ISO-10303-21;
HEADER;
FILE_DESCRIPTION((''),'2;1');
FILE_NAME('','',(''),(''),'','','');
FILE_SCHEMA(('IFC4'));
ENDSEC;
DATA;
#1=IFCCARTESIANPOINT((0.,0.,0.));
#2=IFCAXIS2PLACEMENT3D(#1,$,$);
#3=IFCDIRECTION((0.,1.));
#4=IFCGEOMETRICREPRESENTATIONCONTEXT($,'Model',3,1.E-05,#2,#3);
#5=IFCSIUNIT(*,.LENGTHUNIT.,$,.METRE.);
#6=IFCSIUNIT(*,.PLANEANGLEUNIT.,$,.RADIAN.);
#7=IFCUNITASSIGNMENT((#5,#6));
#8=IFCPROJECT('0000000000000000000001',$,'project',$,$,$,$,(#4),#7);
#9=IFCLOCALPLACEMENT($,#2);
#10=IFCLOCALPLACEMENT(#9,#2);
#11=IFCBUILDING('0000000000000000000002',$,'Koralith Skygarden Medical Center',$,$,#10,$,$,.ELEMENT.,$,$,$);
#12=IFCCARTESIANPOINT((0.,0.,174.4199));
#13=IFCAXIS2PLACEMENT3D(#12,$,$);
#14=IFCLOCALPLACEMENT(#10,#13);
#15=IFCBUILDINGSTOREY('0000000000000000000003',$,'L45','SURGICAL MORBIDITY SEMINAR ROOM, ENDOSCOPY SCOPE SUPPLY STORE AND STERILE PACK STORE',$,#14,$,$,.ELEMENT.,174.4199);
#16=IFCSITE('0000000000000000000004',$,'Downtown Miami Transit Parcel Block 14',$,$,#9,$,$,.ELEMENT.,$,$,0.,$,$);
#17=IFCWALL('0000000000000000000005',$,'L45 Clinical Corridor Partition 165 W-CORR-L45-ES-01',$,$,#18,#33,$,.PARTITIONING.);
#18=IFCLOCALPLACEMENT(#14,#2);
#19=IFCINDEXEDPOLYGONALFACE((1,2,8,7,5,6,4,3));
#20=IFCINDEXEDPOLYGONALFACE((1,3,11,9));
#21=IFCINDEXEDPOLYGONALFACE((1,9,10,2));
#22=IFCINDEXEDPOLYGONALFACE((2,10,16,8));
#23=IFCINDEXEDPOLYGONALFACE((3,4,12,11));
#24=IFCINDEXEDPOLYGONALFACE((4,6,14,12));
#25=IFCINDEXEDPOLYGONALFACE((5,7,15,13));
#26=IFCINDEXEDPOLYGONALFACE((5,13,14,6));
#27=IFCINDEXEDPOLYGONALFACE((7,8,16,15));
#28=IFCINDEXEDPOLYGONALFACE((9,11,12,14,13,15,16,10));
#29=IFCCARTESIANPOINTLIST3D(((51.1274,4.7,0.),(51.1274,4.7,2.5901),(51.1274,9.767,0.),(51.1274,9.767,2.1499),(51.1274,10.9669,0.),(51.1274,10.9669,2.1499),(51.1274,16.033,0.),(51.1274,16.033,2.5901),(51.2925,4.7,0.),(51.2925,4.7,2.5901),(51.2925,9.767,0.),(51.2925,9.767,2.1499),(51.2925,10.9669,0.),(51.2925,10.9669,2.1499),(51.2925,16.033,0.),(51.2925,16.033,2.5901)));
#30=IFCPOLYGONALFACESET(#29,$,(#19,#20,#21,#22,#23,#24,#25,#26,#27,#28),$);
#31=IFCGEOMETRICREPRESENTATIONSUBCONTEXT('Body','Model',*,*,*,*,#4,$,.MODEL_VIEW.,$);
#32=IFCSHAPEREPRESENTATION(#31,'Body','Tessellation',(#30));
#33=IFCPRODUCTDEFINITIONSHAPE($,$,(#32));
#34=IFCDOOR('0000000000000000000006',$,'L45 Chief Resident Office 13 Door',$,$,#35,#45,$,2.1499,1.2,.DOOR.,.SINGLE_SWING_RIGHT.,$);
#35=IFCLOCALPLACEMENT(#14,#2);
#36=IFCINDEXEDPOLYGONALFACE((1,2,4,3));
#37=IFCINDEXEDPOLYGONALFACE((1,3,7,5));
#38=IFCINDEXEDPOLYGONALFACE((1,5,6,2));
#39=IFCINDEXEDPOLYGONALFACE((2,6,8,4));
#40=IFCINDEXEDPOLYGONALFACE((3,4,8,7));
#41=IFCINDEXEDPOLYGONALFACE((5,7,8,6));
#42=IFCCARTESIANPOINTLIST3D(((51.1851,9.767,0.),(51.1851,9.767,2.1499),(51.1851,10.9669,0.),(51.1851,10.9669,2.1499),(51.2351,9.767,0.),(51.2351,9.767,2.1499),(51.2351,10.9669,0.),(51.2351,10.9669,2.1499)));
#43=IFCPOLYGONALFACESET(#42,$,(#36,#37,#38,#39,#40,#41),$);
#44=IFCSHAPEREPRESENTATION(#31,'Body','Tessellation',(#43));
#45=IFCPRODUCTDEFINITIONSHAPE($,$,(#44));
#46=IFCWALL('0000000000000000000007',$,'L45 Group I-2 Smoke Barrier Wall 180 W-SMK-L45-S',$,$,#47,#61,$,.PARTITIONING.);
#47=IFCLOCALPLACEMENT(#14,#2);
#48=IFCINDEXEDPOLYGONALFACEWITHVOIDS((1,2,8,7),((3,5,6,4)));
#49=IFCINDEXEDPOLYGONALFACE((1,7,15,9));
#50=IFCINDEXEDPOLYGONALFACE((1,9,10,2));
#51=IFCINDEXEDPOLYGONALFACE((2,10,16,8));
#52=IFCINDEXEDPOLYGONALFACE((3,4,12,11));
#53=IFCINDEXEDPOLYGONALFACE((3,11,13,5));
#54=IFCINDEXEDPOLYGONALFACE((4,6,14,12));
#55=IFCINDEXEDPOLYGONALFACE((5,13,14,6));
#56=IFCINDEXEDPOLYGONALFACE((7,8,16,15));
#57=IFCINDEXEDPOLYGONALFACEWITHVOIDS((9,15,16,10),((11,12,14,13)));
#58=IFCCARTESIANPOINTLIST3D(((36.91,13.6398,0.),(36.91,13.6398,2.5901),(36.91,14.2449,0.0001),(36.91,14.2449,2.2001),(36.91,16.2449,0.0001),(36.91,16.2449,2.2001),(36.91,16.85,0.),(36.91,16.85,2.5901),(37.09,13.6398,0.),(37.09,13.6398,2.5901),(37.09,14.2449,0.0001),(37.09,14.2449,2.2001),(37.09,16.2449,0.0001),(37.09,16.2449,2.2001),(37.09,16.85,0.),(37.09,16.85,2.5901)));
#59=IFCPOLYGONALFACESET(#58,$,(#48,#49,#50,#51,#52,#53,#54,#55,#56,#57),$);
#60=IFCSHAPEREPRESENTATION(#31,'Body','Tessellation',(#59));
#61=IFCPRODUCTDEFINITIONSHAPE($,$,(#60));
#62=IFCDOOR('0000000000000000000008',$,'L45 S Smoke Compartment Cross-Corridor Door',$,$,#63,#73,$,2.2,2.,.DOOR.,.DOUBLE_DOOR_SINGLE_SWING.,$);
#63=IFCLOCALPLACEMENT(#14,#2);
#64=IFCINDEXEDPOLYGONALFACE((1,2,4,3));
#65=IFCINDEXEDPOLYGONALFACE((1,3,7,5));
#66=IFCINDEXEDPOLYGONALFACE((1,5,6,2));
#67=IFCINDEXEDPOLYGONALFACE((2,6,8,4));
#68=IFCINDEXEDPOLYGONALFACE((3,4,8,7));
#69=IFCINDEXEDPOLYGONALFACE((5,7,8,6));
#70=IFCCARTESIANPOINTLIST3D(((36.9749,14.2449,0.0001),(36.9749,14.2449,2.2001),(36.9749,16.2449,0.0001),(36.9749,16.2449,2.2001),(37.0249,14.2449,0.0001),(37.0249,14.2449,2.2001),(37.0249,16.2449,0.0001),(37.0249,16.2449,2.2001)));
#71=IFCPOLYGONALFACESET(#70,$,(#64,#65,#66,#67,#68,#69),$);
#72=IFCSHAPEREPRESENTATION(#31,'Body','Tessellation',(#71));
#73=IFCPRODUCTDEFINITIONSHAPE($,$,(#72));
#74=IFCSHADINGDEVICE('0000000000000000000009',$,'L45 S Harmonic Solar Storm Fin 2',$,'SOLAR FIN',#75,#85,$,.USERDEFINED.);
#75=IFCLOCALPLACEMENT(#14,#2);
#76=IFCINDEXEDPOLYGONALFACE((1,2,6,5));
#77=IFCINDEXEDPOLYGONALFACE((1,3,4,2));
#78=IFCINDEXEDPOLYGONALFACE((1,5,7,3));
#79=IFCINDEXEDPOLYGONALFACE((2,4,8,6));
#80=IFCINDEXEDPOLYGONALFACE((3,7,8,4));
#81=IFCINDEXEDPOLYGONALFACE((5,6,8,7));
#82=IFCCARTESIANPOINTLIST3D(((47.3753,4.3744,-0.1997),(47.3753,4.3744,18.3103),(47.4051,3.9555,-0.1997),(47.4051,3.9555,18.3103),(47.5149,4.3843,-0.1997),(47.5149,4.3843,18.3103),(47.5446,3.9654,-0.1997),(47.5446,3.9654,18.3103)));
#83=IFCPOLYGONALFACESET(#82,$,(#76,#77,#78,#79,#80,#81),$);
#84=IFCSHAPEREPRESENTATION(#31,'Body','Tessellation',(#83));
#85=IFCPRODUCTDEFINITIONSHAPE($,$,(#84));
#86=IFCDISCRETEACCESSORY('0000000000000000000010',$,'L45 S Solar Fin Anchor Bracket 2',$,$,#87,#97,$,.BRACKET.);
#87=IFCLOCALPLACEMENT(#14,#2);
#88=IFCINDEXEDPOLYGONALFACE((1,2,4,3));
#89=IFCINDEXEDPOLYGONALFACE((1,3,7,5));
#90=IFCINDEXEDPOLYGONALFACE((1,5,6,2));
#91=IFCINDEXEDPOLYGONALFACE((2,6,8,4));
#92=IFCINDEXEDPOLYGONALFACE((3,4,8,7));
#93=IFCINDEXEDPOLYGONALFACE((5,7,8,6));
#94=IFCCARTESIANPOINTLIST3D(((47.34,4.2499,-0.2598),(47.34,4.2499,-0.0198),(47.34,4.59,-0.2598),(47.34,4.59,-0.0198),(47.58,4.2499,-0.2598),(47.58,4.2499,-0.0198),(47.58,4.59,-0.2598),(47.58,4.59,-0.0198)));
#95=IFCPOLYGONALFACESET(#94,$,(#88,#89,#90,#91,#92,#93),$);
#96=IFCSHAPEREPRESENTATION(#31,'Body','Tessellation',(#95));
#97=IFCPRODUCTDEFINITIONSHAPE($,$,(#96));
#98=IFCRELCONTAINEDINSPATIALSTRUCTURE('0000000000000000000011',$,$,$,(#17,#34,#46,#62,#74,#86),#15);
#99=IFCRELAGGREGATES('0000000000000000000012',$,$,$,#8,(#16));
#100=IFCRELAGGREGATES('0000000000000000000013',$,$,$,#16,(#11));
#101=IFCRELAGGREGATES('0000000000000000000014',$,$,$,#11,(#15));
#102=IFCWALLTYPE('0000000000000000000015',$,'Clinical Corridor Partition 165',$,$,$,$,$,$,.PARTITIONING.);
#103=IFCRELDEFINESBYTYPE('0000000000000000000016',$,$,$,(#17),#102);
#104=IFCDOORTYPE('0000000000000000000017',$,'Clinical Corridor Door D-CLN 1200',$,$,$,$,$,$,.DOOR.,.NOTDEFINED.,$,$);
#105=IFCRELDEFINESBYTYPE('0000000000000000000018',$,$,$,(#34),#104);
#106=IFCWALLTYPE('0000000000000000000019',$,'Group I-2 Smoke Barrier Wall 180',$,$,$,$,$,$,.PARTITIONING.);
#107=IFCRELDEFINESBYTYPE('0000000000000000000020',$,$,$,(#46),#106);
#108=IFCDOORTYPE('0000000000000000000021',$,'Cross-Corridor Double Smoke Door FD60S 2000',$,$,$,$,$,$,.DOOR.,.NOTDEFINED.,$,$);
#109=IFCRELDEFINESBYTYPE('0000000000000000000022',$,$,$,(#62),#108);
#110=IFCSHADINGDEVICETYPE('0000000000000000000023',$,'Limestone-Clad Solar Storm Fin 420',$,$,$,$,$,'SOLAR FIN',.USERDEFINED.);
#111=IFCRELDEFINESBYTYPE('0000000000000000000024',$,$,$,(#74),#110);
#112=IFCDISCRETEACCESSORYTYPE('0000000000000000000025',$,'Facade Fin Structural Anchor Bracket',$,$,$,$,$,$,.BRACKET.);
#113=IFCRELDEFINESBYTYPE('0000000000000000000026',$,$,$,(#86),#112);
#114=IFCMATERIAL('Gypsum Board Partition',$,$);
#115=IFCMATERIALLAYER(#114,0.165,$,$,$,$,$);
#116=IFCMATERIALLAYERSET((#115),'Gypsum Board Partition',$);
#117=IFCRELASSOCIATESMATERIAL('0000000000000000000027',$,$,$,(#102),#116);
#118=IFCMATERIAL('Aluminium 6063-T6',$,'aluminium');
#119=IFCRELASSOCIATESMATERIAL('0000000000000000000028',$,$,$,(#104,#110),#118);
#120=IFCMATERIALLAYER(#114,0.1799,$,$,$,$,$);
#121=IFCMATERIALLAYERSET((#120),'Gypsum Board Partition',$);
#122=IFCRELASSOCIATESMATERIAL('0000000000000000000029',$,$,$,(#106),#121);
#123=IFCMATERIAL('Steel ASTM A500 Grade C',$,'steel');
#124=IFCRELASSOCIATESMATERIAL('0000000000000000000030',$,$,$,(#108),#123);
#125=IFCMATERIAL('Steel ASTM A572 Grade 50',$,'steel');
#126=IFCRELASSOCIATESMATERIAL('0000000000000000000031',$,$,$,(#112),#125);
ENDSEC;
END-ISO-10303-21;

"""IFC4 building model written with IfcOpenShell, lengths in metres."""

from ifc_helpers import new_model, si_unit, direction, frame, frame_2d, origin, origin_2d, place, context, subcontext, project, spatial, rectangle, extrude, material, layer, layer_set, type_object, element, fill, save


model = new_model("IFC4")

# Units and contexts
model_context = context("Model", 3, precision=1e-05, world=origin(), true_north=direction((0.0, 1.0)))
body_context = subcontext(model_context, "Body", "Model", "MODEL_VIEW")
ifc_project = project(units=[si_unit("LENGTHUNIT", "METRE"), si_unit("PLANEANGLEUNIT", "RADIAN")], contexts=[model_context])

# Site, building, storey
site_placement = place(None, origin())
site = spatial("IfcSite", under=ifc_project, at=site_placement, Name="Downtown Miami Transit Parcel Block 14", CompositionType="ELEMENT", RefElevation=0.0)
building_placement = place(site_placement, origin())
building = spatial("IfcBuilding", under=site, at=building_placement, Name="Koralith Skygarden Medical Center", CompositionType="ELEMENT")
storey_placement = place(building_placement, frame((0.0, 0.0, 174.4199)))
storey = spatial("IfcBuildingStorey", under=building, at=storey_placement, Name="L45", Description="SURGICAL MORBIDITY SEMINAR ROOM, ENDOSCOPY SCOPE SUPPLY STORE AND STERILE PACK STORE", CompositionType="ELEMENT", Elevation=174.4199)

# Shared definitions
ifc_material_1 = material(Name="Aluminium 6063-T6", Category="aluminium")

# Shared definitions
ifc_material_2 = material(Name="Gypsum Board Partition")
ifc_layer_1 = layer(ifc_material_2, 0.165)
ifc_layer_set_1 = layer_set([ifc_layer_1], Name="Gypsum Board Partition")
wall_type_1 = type_object("IfcWallType", Name="Clinical Corridor Partition 165", PredefinedType="PARTITIONING", material=ifc_layer_set_1)

# Walls, openings, doors
door_type_1 = type_object("IfcDoorType", Name="Clinical Corridor Door D-CLN 1200", OperationType="NOTDEFINED", PredefinedType="DOOR", material=ifc_material_1)
wall_1_placement = place(storey_placement, frame((51.21, 4.7, 0.0), z_axis=(0.0, 0.0, 1.0), x_axis=(0.0, 1.0, 0.0)))
wall_1 = element("IfcWall", 1, at=wall_1_placement, inside=storey, type_object=wall_type_1, Name="L45 Clinical Corridor Partition 165 W-CORR-L45-ES-01", PredefinedType="PARTITIONING", context=body_context, shape_type="SweptSolid", body=[
    extrude(rectangle(XDim=11.333, YDim=0.165, at=frame_2d((5.6665, 0.0))), origin(), (0.0, 0.0, 1.0), 2.5901),
])
opening_1_placement = place(wall_1_placement, frame((5.0669, 0.0, 0.0)))
opening_1 = element("IfcOpeningElement", 2, at=opening_1_placement, cuts=wall_1, PredefinedType="OPENING", context=body_context, shape_type="SweptSolid", body=[
    extrude(rectangle(XDim=1.2, YDim=2.1499, at=frame_2d((0.6001, 1.075))), frame((0.0, 0.0925, 0.0), z_axis=(0.0, -1.0, 0.0), x_axis=(1.0, 0.0, 0.0)), (0.0, 0.0, 1.0), 0.1851),
])
door_1_placement = place(opening_1_placement, origin())
door_1 = element("IfcDoor", 3, at=door_1_placement, inside=storey, type_object=door_type_1, Name="L45 Chief Resident Office 13 Door", OperationType="SINGLE_SWING_RIGHT", OverallHeight=2.1499, OverallWidth=1.2, PredefinedType="DOOR", context=body_context, shape_type="SweptSolid", body=[
    extrude(rectangle(XDim=1.2, YDim=2.1499, at=frame_2d((0.6001, 1.075))), frame((0.0, 0.0249, 0.0), z_axis=(0.0, -1.0, 0.0), x_axis=(1.0, 0.0, 0.0)), (0.0, 0.0, 1.0), 0.05),
])
fill(opening_1, door_1)
ifc_layer_2 = layer(ifc_material_2, 0.1799)
ifc_layer_set_2 = layer_set([ifc_layer_2], Name="Gypsum Board Partition")
wall_type_2 = type_object("IfcWallType", Name="Group I-2 Smoke Barrier Wall 180", PredefinedType="PARTITIONING", material=ifc_layer_set_2)
wall_2_placement = place(storey_placement, frame((37.0, 13.6399, 0.0), z_axis=(0.0, 0.0, 1.0), x_axis=(0.0, 1.0, 0.0)))
wall_2 = element("IfcWall", 4, at=wall_2_placement, inside=storey, type_object=wall_type_2, Name="L45 Group I-2 Smoke Barrier Wall 180 W-SMK-L45-S", PredefinedType="PARTITIONING", context=body_context, shape_type="SweptSolid", body=[
    extrude(rectangle(XDim=3.2102, YDim=0.1799, at=frame_2d((1.605, 0.0))), origin(), (0.0, 0.0, 1.0), 2.5901),
])
opening_2_placement = place(wall_2_placement, frame((0.605, 0.0, 0.0)))
opening_2 = element("IfcOpeningElement", 5, at=opening_2_placement, cuts=wall_2, PredefinedType="OPENING", context=body_context, shape_type="SweptSolid", body=[
    extrude(rectangle(XDim=2.0, YDim=2.2, at=frame_2d((1.0, 1.1001))), frame((0.0, 0.0999, 0.0), z_axis=(0.0, -1.0, 0.0), x_axis=(1.0, 0.0, 0.0)), (0.0, 0.0, 1.0), 0.2),
])
ifc_material_3 = material(Name="Steel ASTM A500 Grade C", Category="steel")
door_type_2 = type_object("IfcDoorType", Name="Cross-Corridor Double Smoke Door FD60S 2000", OperationType="NOTDEFINED", PredefinedType="DOOR", material=ifc_material_3)
door_2_placement = place(opening_2_placement, frame((2.0, 0.0, 0.0), z_axis=(0.0, 0.0, 1.0), x_axis=(-1.0, 0.0, 0.0)))
door_2 = element("IfcDoor", 6, at=door_2_placement, inside=storey, type_object=door_type_2, Name="L45 S Smoke Compartment Cross-Corridor Door", OperationType="DOUBLE_DOOR_SINGLE_SWING", OverallHeight=2.2, OverallWidth=2.0, PredefinedType="DOOR", context=body_context, shape_type="SweptSolid", body=[
    extrude(rectangle(XDim=2.0, YDim=2.2, at=frame_2d((1.0, 1.1001))), frame((0.0, 0.0249, 0.0), z_axis=(0.0, -1.0, 0.0), x_axis=(1.0, 0.0, 0.0)), (0.0, 0.0, 1.0), 0.05),
])
fill(opening_2, door_2)

# Shading device
shading_device_type = type_object("IfcShadingDeviceType", Name="Limestone-Clad Solar Storm Fin 420", ElementType="SOLAR FIN", PredefinedType="USERDEFINED", material=ifc_material_1)
shading_device_placement = place(storey_placement, frame((47.46, 4.1699, -0.1997), z_axis=(0.0, 0.0, 1.0), x_axis=(0.070853, -0.997487, 0.0)))
element("IfcShadingDevice", 7, at=shading_device_placement, inside=storey, type_object=shading_device_type, Name="L45 S Harmonic Solar Storm Fin 2", ObjectType="SOLAR FIN", PredefinedType="USERDEFINED", context=body_context, shape_type="SweptSolid", body=[
    extrude(rectangle(XDim=0.4199, YDim=0.1399, at=origin_2d()), origin(), (0.0, 0.0, 1.0), 18.51),
])

# Discrete accessory
ifc_material_4 = material(Name="Steel ASTM A572 Grade 50", Category="steel")
discrete_accessory_type = type_object("IfcDiscreteAccessoryType", Name="Facade Fin Structural Anchor Bracket", PredefinedType="BRACKET", material=ifc_material_4)
discrete_accessory_placement = place(storey_placement, frame((47.46, 4.4199, -0.2598), z_axis=(0.0, 0.0, 1.0), x_axis=(0.0, -1.0, 0.0)))
element("IfcDiscreteAccessory", 8, at=discrete_accessory_placement, inside=storey, type_object=discrete_accessory_type, Name="L45 S Solar Fin Anchor Bracket 2", PredefinedType="BRACKET", context=body_context, shape_type="SweptSolid", body=[
    extrude(rectangle(XDim=0.3401, YDim=0.24, at=origin_2d()), origin(), (0.0, 0.0, 1.0), 0.24),
])

save(model, "model.ifc")
